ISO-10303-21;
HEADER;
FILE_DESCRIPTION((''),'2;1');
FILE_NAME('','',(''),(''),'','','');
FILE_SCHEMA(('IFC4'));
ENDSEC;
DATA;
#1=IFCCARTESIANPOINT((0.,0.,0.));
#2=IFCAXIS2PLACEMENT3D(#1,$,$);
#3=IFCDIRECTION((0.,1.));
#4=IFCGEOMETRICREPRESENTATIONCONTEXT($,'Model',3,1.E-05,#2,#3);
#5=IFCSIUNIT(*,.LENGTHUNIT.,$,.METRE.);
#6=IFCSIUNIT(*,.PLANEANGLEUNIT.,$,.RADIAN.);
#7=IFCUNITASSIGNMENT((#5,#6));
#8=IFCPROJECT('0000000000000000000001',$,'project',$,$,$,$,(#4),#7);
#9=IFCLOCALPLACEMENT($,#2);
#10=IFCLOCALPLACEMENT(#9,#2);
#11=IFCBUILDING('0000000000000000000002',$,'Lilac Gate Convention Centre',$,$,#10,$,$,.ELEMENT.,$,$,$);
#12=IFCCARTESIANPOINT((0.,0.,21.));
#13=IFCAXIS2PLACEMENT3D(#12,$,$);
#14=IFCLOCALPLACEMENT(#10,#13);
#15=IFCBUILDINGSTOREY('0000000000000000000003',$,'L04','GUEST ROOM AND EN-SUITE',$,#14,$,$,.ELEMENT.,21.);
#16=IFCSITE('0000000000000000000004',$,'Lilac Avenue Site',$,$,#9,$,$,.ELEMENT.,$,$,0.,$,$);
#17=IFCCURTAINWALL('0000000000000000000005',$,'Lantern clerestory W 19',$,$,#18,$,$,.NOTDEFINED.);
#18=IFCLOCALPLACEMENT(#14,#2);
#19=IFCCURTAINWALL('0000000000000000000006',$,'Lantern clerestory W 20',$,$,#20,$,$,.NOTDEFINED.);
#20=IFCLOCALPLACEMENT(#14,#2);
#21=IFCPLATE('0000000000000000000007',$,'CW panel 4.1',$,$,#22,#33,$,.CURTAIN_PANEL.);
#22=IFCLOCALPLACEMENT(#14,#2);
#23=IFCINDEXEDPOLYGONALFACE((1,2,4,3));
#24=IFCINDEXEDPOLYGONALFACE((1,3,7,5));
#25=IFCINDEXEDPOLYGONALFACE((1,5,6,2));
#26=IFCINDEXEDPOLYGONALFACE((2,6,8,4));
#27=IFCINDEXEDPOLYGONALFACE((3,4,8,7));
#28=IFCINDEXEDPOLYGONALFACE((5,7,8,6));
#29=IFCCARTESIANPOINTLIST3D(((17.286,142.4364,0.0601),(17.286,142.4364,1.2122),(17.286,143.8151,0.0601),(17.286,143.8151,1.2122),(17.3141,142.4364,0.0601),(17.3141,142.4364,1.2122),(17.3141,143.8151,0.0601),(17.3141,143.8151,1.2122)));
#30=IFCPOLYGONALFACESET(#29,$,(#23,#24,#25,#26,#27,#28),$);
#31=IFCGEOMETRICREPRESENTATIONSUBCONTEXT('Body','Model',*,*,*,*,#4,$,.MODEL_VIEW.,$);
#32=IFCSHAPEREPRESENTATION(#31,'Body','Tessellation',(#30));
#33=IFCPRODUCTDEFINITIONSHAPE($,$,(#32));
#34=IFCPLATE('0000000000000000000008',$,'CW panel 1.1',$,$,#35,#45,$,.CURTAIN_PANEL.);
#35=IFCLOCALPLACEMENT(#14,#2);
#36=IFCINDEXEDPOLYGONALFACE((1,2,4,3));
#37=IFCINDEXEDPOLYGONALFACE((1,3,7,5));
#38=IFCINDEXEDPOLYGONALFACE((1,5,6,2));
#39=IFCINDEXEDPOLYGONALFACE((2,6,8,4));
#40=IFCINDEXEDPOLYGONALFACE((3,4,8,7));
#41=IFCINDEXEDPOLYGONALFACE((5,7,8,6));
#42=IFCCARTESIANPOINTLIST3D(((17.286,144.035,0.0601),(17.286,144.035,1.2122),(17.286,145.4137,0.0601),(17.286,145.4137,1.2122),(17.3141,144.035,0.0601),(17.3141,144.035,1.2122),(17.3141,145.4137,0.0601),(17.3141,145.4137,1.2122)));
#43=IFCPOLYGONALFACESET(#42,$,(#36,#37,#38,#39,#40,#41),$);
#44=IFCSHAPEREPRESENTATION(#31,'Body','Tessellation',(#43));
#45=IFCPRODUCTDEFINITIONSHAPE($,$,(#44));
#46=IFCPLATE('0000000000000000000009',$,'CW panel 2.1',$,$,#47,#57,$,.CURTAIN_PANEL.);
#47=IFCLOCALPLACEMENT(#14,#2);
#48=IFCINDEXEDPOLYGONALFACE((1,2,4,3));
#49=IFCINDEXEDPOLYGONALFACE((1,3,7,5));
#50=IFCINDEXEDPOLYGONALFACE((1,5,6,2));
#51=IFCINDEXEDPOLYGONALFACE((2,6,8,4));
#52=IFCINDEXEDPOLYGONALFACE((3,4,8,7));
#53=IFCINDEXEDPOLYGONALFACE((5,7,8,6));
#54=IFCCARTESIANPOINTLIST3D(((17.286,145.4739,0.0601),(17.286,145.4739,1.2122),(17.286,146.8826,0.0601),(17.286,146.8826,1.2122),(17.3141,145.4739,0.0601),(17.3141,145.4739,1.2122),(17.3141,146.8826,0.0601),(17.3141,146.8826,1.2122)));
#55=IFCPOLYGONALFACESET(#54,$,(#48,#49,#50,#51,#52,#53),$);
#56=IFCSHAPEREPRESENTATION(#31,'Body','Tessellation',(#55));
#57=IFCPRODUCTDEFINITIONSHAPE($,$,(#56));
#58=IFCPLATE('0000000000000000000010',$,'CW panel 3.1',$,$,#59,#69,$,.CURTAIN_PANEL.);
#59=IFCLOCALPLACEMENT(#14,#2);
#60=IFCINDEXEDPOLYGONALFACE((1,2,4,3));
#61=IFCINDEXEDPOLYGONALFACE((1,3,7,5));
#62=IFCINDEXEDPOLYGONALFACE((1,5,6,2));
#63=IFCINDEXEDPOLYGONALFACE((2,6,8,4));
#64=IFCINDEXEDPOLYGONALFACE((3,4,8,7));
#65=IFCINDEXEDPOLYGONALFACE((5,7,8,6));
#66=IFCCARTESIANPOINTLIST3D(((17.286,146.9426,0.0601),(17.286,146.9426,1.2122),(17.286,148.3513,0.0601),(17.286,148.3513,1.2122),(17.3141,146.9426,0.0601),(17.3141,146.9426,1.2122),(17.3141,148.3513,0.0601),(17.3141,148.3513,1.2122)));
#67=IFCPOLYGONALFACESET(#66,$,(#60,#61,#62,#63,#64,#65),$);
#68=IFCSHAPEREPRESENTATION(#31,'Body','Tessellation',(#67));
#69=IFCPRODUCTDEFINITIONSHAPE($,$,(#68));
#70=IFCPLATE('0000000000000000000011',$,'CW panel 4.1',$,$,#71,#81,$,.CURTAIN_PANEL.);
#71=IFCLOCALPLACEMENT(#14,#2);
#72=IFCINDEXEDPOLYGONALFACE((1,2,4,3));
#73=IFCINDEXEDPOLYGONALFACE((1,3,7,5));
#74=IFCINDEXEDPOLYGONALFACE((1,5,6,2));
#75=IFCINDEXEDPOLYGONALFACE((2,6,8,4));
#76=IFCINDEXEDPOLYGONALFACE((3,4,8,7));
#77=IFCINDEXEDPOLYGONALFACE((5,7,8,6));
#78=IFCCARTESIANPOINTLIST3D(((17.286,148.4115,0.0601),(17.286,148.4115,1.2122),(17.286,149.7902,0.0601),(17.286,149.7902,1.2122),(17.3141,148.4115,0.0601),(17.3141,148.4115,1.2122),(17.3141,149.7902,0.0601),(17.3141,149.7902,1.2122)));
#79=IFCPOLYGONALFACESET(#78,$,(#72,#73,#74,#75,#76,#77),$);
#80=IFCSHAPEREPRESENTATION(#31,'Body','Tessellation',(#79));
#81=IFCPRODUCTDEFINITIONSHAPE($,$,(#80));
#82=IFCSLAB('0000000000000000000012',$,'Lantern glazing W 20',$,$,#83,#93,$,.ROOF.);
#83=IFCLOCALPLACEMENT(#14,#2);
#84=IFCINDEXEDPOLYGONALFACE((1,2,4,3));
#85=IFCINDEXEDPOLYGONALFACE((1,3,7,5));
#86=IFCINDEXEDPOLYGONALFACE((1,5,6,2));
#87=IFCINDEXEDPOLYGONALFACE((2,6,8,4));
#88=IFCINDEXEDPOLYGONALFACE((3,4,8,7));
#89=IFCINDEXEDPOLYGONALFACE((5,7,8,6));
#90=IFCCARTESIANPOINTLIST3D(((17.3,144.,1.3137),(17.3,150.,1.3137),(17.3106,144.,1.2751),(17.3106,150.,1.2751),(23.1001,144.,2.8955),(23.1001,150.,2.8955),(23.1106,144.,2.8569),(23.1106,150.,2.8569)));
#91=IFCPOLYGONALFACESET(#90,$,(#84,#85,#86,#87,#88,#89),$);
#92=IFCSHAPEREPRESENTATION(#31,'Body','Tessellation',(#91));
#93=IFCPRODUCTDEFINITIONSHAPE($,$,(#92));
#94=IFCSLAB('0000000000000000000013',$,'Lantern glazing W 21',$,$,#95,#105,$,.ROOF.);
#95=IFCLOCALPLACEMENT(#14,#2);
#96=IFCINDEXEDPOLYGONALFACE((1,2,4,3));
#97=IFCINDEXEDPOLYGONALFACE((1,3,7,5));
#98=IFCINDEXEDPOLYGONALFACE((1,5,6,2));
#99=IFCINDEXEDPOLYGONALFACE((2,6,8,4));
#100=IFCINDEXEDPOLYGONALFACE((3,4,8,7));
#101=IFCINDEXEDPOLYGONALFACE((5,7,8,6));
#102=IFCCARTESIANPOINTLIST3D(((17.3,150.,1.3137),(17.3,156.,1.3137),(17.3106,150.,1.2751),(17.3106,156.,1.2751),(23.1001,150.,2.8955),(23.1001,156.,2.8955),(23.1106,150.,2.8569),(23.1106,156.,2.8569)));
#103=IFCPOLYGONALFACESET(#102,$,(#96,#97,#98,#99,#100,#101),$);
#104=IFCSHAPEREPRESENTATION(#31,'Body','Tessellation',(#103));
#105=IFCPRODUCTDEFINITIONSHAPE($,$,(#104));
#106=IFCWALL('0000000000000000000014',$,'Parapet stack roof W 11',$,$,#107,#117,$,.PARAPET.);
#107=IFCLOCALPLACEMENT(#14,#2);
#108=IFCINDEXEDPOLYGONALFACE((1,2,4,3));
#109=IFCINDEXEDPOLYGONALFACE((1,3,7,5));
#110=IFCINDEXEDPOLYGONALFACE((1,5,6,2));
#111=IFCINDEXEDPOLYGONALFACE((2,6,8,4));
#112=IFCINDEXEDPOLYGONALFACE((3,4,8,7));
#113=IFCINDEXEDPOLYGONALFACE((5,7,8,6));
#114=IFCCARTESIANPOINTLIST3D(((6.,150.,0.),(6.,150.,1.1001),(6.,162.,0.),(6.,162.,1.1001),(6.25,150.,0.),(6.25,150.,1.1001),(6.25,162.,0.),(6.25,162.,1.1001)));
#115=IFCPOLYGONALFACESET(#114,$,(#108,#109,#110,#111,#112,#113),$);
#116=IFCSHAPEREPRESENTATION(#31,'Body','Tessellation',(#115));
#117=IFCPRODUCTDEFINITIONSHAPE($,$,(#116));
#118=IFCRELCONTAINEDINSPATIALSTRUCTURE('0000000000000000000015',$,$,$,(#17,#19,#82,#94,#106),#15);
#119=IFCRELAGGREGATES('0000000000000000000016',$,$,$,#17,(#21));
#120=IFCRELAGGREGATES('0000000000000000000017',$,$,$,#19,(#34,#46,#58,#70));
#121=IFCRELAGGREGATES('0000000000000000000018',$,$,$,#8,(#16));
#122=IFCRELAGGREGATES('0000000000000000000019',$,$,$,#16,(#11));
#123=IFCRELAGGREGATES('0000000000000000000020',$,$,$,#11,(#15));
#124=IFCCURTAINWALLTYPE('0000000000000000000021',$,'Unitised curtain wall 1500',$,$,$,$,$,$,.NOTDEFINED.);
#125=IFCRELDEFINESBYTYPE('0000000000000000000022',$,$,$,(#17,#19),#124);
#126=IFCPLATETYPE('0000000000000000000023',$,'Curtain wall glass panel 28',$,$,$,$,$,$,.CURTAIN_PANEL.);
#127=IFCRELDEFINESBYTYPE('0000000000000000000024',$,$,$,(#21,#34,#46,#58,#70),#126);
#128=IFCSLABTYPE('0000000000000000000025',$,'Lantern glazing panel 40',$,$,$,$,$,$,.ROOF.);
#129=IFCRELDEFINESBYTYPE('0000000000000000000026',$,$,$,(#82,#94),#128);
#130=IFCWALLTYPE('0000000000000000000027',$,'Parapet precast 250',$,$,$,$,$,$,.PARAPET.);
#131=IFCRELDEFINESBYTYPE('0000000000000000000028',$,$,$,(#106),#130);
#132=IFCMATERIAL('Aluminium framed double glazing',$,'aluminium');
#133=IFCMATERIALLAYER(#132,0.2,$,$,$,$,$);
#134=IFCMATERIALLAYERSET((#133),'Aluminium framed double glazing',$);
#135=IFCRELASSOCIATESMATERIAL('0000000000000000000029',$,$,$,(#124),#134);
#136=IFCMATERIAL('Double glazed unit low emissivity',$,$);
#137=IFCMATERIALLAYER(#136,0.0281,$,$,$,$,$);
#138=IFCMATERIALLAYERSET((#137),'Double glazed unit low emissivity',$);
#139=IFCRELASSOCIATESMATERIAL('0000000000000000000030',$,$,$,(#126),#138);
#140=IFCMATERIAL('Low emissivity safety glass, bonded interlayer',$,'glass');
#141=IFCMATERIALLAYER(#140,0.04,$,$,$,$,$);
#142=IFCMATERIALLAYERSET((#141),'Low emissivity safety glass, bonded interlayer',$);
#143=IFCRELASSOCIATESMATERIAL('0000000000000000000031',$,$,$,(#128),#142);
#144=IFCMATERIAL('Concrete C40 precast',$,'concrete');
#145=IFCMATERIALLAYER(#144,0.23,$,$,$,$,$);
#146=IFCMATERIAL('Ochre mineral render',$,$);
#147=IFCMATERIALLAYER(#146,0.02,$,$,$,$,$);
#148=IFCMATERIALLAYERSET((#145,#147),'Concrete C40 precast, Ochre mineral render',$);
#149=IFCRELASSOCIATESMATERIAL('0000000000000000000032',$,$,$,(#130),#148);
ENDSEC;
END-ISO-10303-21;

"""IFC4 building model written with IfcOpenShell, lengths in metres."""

from ifc_helpers import new_model, si_unit, direction, frame, frame_2d, origin, origin_2d, place, context, subcontext, project, spatial, polyline, rectangle, outline, extrude, material, layer, layer_set, type_object, element, aggregate, save


model = new_model("IFC4")

# Units and contexts
model_context = context("Model", 3, precision=1e-05, world=origin(), true_north=direction((0.0, 1.0)))
body_context = subcontext(model_context, "Body", "Model", "MODEL_VIEW")
ifc_project = project(units=[si_unit("LENGTHUNIT", "METRE"), si_unit("PLANEANGLEUNIT", "RADIAN")], contexts=[model_context])

# Site, building, storey
site_placement = place(None, origin())
site = spatial("IfcSite", under=ifc_project, at=site_placement, Name="Lilac Avenue Site", CompositionType="ELEMENT", RefElevation=0.0)
building_placement = place(site_placement, origin())
building = spatial("IfcBuilding", under=site, at=building_placement, Name="Lilac Gate Convention Centre", CompositionType="ELEMENT")
storey_placement = place(building_placement, frame((0.0, 0.0, 21.0)))
storey = spatial("IfcBuildingStorey", under=building, at=storey_placement, Name="L04", Description="GUEST ROOM AND EN-SUITE", CompositionType="ELEMENT", Elevation=21.0)

# Curtain walls
ifc_material_1 = material(Name="Aluminium framed double glazing", Category="aluminium")
ifc_layer_1 = layer(ifc_material_1, 0.2)
ifc_layer_set_1 = layer_set([ifc_layer_1], Name="Aluminium framed double glazing")
curtain_wall_type = type_object("IfcCurtainWallType", Name="Unitised curtain wall 1500", PredefinedType="NOTDEFINED", material=ifc_layer_set_1)
curtain_wall_1_placement = place(storey_placement, origin())
curtain_wall_1 = element("IfcCurtainWall", 1, at=curtain_wall_1_placement, inside=storey, type_object=curtain_wall_type, Name="Lantern clerestory W 19", PredefinedType="NOTDEFINED")
curtain_wall_2_placement = place(storey_placement, origin())
curtain_wall_2 = element("IfcCurtainWall", 2, at=curtain_wall_2_placement, inside=storey, type_object=curtain_wall_type, Name="Lantern clerestory W 20", PredefinedType="NOTDEFINED")

# Plates
ifc_material_2 = material(Name="Double glazed unit low emissivity")
ifc_layer_2 = layer(ifc_material_2, 0.0281)
ifc_layer_set_2 = layer_set([ifc_layer_2], Name="Double glazed unit low emissivity")
plate_type = type_object("IfcPlateType", Name="Curtain wall glass panel 28", PredefinedType="CURTAIN_PANEL", material=ifc_layer_set_2)
plate_1_placement = place(storey_placement, frame((17.3, 143.1257, 0.0601), z_axis=(0.0, 0.0, 1.0), x_axis=(0.0, 1.0, 0.0)))
plate_1 = element("IfcPlate", 3, at=plate_1_placement, type_object=plate_type, Name="CW panel 4.1", PredefinedType="CURTAIN_PANEL", context=body_context, shape_type="SweptSolid", body=[
    extrude(rectangle(XDim=1.3787, YDim=0.0281, at=origin_2d()), origin(), (0.0, 0.0, 1.0), 1.1521),
])
aggregate(curtain_wall_1, [plate_1])
plate_2_placement = place(storey_placement, frame((17.3, 144.7244, 0.0601), z_axis=(0.0, 0.0, 1.0), x_axis=(0.0, 1.0, 0.0)))
plate_2 = element("IfcPlate", 4, at=plate_2_placement, type_object=plate_type, Name="CW panel 1.1", PredefinedType="CURTAIN_PANEL", context=body_context, shape_type="SweptSolid", body=[
    extrude(rectangle(XDim=1.3787, YDim=0.0281, at=origin_2d()), origin(), (0.0, 0.0, 1.0), 1.1521),
])
plate_3_placement = place(storey_placement, frame((17.3, 146.1782, 0.0601), z_axis=(0.0, 0.0, 1.0), x_axis=(0.0, 1.0, 0.0)))
plate_3 = element("IfcPlate", 5, at=plate_3_placement, type_object=plate_type, Name="CW panel 2.1", PredefinedType="CURTAIN_PANEL", context=body_context, shape_type="SweptSolid", body=[
    extrude(rectangle(XDim=1.4087, YDim=0.0281, at=origin_2d()), origin(), (0.0, 0.0, 1.0), 1.1521),
])
plate_4_placement = place(storey_placement, frame((17.3, 147.647, 0.0601), z_axis=(0.0, 0.0, 1.0), x_axis=(0.0, 1.0, 0.0)))
plate_4 = element("IfcPlate", 6, at=plate_4_placement, type_object=plate_type, Name="CW panel 3.1", PredefinedType="CURTAIN_PANEL", context=body_context, shape_type="SweptSolid", body=[
    extrude(rectangle(XDim=1.4087, YDim=0.0281, at=origin_2d()), origin(), (0.0, 0.0, 1.0), 1.1521),
])
plate_5_placement = place(storey_placement, frame((17.3, 149.1008, 0.0601), z_axis=(0.0, 0.0, 1.0), x_axis=(0.0, 1.0, 0.0)))
plate_5 = element("IfcPlate", 7, at=plate_5_placement, type_object=plate_type, Name="CW panel 4.1", PredefinedType="CURTAIN_PANEL", context=body_context, shape_type="SweptSolid", body=[
    extrude(rectangle(XDim=1.3787, YDim=0.0281, at=origin_2d()), origin(), (0.0, 0.0, 1.0), 1.1521),
])
aggregate(curtain_wall_2, [plate_2, plate_3, plate_4, plate_5])

# Slabs
ifc_material_3 = material(Name="Low emissivity safety glass, bonded interlayer", Category="glass")
ifc_layer_3 = layer(ifc_material_3, 0.04)
ifc_layer_set_3 = layer_set([ifc_layer_3], Name="Low emissivity safety glass, bonded interlayer")
slab_type = type_object("IfcSlabType", Name="Lantern glazing panel 40", PredefinedType="ROOF", material=ifc_layer_set_3)
for number, where, z_axis, x_axis, name in (
    (8, (17.3, 144.0, 1.3137), (-0.263111, 0.0, 0.964766), (0.964766, 0.0, 0.263111), "Lantern glazing W 20"),
    (9, (17.3, 150.0, 1.3137), (-0.263111, 0.0, 0.964766), (0.964766, 0.0, 0.263111), "Lantern glazing W 21"),
):
    element("IfcSlab", number, at=place(storey_placement, frame(where, z_axis=z_axis, x_axis=x_axis)), inside=storey, type_object=slab_type, Name=name, PredefinedType="ROOF", context=body_context, shape_type="SweptSolid", body=[
        extrude(outline(polyline([(0.0, 0.0), (6.0119, 0.0), (6.0119, 6.0), (0.0, 6.0), (0.0, 0.0)])), origin(), (0.0, 0.0, -1.0), 0.04),
    ])

# Wall
ifc_material_4 = material(Name="Concrete C40 precast", Category="concrete")
ifc_layer_4 = layer(ifc_material_4, 0.23)
ifc_material_5 = material(Name="Ochre mineral render")
ifc_layer_5 = layer(ifc_material_5, 0.02)
ifc_layer_set_4 = layer_set([ifc_layer_4, ifc_layer_5], Name="Concrete C40 precast, Ochre mineral render")
wall_type = type_object("IfcWallType", Name="Parapet precast 250", PredefinedType="PARAPET", material=ifc_layer_set_4)
wall_placement = place(storey_placement, frame((6.125, 150.0, 0.0), z_axis=(0.0, 0.0, 1.0), x_axis=(0.0, 1.0, 0.0)))
element("IfcWall", 10, at=wall_placement, inside=storey, type_object=wall_type, Name="Parapet stack roof W 11", PredefinedType="PARAPET", context=body_context, shape_type="SweptSolid", body=[
    extrude(rectangle(XDim=12.0, YDim=0.25, at=frame_2d((6.0, 0.0))), origin(), (0.0, 0.0, 1.0), 1.1001),
])

save(model, "model.ifc")
